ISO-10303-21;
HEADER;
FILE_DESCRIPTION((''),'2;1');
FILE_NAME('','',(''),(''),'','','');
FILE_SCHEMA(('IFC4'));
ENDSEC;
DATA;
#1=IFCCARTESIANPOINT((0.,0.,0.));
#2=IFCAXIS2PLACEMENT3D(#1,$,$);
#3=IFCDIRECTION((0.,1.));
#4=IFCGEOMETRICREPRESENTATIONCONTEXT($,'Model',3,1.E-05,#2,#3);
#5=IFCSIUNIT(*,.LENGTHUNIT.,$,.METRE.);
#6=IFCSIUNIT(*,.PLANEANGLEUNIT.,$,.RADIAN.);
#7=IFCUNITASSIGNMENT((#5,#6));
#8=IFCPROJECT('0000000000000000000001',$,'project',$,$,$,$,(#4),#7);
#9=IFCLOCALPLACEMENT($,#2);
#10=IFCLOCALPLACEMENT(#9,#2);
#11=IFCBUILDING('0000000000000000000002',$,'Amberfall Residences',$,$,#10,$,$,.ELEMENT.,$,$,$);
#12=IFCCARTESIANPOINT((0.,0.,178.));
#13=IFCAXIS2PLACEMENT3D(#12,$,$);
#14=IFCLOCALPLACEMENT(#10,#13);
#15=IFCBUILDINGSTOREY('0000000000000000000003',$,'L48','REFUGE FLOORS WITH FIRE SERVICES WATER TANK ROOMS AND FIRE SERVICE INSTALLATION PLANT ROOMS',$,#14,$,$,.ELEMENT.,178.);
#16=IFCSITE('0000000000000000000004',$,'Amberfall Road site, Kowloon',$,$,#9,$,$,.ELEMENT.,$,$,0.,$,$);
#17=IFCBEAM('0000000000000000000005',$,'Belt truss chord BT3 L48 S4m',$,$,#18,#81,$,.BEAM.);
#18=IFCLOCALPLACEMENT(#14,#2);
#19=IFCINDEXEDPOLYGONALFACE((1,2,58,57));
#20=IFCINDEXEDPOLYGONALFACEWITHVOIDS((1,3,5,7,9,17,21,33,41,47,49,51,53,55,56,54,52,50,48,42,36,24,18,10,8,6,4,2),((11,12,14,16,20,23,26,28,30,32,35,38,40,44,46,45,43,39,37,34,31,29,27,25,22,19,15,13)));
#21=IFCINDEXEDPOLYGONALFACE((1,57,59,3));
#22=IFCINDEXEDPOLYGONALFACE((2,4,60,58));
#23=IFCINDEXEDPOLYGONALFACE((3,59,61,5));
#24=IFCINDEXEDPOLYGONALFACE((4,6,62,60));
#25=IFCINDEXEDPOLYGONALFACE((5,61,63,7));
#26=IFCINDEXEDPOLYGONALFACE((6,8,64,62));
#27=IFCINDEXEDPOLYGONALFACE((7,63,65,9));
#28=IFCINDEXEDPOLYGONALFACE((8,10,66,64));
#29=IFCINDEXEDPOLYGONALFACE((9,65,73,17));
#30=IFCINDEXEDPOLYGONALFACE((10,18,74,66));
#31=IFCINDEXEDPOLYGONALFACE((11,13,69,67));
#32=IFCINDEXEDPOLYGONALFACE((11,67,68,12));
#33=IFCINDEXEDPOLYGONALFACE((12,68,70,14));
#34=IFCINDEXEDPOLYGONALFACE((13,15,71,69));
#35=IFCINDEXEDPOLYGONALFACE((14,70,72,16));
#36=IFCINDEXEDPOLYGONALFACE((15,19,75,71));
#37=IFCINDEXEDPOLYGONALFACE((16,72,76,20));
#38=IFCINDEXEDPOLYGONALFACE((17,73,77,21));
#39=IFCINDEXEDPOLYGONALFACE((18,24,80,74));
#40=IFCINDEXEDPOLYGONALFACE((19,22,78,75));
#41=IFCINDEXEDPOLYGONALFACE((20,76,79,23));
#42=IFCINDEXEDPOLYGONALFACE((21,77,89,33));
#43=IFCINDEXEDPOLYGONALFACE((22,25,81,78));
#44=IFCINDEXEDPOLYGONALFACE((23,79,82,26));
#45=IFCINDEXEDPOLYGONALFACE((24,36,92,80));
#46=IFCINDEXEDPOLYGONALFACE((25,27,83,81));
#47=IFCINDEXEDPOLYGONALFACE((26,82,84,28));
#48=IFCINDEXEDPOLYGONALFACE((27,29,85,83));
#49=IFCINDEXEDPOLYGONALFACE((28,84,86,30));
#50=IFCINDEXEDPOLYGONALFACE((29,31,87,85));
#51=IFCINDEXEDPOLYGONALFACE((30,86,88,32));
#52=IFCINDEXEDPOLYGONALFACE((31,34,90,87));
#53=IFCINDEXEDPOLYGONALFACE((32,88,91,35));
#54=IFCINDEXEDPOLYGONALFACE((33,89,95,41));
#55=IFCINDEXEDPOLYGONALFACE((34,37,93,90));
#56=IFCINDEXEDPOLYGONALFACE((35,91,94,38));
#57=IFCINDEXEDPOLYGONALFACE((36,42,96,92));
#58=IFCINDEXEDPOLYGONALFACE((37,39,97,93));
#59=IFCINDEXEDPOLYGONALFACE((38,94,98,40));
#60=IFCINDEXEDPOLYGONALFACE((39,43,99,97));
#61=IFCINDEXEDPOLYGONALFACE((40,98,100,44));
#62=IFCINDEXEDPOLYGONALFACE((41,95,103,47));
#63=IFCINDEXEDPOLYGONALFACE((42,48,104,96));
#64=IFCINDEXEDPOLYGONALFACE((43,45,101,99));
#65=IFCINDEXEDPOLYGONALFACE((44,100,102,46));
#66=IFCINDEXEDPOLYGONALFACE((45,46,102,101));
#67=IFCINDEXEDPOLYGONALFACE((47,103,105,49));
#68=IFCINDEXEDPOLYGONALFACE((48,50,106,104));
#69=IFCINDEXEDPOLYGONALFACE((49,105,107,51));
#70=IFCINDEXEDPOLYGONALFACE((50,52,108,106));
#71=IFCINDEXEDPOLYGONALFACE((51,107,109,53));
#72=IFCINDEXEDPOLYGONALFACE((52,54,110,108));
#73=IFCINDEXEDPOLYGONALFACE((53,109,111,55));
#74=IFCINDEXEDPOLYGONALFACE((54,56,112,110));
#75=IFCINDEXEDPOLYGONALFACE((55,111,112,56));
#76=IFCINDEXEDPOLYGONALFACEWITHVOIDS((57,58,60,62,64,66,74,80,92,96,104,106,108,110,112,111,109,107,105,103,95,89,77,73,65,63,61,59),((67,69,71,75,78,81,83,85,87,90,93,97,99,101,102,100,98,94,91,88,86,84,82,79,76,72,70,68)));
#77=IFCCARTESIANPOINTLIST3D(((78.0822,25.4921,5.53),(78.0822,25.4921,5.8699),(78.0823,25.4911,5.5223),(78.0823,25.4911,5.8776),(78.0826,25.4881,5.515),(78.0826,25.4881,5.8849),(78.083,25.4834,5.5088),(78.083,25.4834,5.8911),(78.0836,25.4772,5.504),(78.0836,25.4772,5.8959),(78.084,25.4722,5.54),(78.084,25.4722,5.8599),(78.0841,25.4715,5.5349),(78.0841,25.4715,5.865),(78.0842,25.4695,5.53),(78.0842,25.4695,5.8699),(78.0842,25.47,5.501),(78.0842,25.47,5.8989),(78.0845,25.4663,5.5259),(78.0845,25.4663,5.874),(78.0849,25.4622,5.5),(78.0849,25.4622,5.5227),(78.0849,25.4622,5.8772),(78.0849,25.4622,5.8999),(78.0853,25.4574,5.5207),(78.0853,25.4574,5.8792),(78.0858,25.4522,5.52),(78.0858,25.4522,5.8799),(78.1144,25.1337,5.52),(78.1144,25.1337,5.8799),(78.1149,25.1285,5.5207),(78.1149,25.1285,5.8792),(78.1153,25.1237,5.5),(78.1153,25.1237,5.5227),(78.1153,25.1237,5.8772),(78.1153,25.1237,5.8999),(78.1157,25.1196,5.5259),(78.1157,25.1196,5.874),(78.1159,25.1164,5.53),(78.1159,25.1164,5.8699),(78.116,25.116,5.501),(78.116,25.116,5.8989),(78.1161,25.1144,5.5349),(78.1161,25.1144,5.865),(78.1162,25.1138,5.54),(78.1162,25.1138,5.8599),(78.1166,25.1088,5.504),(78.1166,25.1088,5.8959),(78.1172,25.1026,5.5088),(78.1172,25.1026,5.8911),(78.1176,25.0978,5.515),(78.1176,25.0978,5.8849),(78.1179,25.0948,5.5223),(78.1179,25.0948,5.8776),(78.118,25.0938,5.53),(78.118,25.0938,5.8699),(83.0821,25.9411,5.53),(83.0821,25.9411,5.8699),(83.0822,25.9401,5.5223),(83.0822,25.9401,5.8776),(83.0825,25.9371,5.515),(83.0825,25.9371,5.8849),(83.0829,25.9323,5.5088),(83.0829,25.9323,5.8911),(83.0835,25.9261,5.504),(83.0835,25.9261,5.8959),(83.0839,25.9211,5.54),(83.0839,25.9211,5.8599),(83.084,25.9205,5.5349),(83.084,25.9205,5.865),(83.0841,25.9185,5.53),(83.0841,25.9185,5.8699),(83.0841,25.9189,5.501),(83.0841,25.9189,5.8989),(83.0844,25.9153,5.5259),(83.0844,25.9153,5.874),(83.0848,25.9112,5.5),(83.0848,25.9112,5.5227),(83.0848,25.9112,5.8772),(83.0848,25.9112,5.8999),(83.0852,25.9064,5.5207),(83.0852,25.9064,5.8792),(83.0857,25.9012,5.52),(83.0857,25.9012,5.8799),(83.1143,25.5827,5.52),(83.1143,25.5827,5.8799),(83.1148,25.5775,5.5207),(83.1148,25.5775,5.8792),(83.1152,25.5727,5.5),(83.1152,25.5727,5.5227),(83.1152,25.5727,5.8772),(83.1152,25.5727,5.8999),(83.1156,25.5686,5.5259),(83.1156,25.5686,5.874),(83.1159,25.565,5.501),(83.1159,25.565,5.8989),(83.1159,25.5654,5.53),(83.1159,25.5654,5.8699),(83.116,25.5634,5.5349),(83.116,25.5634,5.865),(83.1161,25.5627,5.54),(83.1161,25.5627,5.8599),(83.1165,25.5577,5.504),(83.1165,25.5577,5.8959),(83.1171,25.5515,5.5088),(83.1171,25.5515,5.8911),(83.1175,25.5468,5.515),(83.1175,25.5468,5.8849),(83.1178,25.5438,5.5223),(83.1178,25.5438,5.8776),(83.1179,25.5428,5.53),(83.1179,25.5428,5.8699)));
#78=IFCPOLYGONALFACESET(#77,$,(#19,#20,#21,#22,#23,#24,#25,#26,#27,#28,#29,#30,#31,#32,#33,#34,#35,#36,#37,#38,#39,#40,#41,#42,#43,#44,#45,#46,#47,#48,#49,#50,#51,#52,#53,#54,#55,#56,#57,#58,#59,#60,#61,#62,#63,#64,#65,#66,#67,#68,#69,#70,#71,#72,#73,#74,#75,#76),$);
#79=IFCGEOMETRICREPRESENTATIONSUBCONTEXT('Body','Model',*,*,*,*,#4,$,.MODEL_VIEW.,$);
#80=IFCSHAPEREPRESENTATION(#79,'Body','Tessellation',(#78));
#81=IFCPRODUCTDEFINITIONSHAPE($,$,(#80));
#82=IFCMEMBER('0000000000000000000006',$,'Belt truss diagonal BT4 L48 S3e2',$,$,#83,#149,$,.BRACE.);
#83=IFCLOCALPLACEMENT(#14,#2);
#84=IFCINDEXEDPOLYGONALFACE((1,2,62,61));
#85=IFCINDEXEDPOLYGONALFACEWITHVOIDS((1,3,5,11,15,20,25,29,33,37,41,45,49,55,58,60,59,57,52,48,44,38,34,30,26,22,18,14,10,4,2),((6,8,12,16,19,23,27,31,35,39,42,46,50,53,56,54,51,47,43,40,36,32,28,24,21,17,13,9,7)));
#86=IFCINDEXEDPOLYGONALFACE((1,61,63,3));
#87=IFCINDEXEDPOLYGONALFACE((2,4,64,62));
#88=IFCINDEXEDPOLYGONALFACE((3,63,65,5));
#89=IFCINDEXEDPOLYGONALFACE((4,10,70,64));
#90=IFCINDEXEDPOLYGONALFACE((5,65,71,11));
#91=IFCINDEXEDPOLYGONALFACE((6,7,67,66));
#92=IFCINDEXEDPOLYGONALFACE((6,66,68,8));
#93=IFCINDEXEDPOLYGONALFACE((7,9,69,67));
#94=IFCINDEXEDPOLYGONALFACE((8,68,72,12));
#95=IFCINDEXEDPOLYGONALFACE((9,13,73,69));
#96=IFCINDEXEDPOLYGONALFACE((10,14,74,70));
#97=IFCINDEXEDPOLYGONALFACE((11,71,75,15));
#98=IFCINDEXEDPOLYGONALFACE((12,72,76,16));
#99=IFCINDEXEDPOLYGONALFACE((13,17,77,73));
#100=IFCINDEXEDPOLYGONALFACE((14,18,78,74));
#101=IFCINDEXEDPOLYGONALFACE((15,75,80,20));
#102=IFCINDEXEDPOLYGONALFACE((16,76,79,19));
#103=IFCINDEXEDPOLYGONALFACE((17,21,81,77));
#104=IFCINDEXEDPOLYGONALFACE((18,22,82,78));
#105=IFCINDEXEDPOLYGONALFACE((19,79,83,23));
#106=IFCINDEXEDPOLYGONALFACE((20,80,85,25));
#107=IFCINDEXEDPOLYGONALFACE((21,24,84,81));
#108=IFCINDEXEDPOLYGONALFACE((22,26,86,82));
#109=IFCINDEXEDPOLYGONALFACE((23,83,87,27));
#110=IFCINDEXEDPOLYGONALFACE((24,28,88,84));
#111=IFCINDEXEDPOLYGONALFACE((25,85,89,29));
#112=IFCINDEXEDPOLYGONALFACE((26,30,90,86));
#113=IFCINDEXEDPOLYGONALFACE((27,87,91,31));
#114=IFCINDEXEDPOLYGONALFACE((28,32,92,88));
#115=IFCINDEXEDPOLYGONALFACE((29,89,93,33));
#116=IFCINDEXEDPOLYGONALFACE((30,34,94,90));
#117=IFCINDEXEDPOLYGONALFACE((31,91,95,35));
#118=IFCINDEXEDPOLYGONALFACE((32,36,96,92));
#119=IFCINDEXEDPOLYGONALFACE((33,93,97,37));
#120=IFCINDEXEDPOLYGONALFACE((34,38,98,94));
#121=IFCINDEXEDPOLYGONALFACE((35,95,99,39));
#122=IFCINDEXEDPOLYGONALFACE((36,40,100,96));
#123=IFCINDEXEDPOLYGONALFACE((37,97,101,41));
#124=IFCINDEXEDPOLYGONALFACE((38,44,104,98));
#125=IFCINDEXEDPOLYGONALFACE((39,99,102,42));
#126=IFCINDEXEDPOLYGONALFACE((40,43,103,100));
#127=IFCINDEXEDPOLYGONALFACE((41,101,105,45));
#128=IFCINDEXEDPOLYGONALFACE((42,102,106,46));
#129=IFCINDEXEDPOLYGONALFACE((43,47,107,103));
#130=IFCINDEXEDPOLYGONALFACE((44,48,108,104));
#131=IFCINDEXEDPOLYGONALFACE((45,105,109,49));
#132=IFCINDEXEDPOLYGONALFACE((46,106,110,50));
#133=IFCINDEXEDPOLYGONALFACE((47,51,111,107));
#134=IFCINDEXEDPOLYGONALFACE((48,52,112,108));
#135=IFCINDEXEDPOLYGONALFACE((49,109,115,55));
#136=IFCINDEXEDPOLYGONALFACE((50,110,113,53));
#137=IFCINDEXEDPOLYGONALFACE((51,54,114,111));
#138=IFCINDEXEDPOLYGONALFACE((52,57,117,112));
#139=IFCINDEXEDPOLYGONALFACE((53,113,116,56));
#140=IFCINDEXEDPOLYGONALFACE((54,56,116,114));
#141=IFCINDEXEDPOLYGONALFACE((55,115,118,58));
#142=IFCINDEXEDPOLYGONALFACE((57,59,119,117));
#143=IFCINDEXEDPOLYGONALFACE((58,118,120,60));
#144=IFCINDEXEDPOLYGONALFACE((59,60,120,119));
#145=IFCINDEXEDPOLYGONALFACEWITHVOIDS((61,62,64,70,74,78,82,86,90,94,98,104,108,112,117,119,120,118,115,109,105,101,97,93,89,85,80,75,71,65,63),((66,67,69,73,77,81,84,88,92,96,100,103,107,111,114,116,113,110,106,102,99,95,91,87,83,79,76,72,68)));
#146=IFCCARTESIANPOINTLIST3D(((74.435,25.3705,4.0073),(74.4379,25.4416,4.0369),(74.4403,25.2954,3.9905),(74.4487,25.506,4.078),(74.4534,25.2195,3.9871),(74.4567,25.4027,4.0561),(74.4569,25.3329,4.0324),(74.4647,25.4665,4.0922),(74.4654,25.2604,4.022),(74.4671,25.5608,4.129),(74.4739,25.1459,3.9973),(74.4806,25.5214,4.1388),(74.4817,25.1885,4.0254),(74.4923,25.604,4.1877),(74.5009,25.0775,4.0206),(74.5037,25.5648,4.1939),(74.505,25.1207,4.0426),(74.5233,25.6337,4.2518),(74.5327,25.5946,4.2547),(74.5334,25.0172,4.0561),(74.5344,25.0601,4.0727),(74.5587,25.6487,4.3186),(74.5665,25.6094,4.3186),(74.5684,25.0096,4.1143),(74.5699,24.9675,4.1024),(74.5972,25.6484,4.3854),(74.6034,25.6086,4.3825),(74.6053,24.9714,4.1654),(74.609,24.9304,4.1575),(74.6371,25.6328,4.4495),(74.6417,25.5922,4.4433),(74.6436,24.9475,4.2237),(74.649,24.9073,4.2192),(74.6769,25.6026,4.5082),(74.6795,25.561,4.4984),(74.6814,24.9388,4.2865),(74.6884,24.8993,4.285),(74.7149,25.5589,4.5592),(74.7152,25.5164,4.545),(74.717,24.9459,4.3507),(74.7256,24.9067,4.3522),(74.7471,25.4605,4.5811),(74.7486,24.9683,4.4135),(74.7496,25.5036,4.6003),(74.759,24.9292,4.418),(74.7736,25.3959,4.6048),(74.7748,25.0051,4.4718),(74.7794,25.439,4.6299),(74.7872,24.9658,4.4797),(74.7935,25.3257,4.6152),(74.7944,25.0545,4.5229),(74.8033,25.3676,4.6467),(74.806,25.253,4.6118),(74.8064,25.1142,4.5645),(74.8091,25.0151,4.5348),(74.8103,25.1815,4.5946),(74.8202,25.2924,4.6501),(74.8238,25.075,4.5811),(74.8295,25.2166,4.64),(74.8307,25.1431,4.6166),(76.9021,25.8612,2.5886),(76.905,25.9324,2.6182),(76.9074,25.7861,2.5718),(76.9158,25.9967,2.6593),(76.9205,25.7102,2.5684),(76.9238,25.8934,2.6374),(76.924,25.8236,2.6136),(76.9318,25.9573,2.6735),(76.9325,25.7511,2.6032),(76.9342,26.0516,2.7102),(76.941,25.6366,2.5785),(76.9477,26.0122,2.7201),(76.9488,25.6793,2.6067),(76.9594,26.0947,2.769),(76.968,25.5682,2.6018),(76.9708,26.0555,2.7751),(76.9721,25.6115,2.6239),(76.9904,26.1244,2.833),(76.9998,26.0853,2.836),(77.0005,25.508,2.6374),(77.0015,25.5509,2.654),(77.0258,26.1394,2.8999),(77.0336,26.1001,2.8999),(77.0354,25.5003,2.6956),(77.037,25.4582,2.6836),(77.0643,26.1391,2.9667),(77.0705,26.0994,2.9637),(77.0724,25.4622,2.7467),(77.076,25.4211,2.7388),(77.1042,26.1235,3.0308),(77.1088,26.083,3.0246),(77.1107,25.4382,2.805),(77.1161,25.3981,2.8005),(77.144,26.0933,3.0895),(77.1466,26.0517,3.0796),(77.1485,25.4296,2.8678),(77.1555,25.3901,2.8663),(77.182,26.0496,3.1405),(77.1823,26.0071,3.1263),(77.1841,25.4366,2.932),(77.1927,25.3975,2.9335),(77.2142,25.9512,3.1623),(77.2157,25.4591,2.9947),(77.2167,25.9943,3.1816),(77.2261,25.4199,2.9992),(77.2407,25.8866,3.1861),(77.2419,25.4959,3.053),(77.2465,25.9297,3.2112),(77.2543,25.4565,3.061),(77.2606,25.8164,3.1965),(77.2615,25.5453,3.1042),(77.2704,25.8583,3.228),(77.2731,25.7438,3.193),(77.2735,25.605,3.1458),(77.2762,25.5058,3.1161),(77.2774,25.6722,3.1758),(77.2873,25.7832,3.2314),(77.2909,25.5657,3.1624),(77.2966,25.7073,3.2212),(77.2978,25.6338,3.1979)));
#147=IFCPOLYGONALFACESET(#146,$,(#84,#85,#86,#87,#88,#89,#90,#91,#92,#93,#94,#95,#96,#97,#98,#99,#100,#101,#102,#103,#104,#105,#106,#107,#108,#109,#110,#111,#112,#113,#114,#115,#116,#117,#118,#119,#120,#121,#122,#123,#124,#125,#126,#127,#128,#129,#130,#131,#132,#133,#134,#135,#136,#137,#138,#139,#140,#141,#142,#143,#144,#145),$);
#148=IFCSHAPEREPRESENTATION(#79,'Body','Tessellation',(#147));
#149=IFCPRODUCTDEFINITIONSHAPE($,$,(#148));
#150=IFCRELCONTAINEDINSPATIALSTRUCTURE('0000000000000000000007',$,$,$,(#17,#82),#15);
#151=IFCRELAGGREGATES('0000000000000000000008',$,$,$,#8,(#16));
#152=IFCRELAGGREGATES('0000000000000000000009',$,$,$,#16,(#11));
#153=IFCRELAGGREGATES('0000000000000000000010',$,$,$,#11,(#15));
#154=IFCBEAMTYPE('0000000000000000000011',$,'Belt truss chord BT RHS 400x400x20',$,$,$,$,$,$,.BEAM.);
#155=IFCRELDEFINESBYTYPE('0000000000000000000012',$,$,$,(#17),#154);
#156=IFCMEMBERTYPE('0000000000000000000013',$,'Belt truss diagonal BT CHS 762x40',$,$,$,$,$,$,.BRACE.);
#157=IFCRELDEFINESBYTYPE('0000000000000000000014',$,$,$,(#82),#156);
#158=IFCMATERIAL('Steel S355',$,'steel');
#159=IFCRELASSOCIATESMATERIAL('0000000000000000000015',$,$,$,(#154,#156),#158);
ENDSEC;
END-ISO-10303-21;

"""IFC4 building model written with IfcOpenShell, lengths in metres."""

from ifc_helpers import new_model, si_unit, direction, frame, origin, origin_2d, place, context, subcontext, project, spatial, hollow_rectangle, hollow_circle, extrude, material, material_profile, profile_set, type_object, element, save


model = new_model("IFC4")

# Units and contexts
model_context = context("Model", 3, precision=1e-05, world=origin(), true_north=direction((0.0, 1.0)))
body_context = subcontext(model_context, "Body", "Model", "MODEL_VIEW")
ifc_project = project(units=[si_unit("LENGTHUNIT", "METRE"), si_unit("PLANEANGLEUNIT", "RADIAN")], contexts=[model_context])

# Site, building, storey
site_placement = place(None, origin())
site = spatial("IfcSite", under=ifc_project, at=site_placement, Name="Amberfall Road site, Kowloon", CompositionType="ELEMENT", RefElevation=0.0)
building_placement = place(site_placement, origin())
building = spatial("IfcBuilding", under=site, at=building_placement, Name="Amberfall Residences", CompositionType="ELEMENT")
storey_placement = place(building_placement, frame((0.0, 0.0, 178.0)))
storey = spatial("IfcBuildingStorey", under=building, at=storey_placement, Name="L48", Description="REFUGE FLOORS WITH FIRE SERVICES WATER TANK ROOMS AND FIRE SERVICE INSTALLATION PLANT ROOMS", CompositionType="ELEMENT", Elevation=178.0)

# Beam
ifc_material_1 = material(Name="Steel S355", Category="steel")
ifc_material_profile_1 = material_profile(ifc_material_1, hollow_rectangle(XDim=0.3999, YDim=0.3999, WallThickness=0.02, InnerFilletRadius=0.02, OuterFilletRadius=0.03, at=origin_2d()), Name="RHS 400x400x20")
ifc_profile_set_1 = profile_set([ifc_material_profile_1], Name="Steel S355")
beam_type_1 = type_object("IfcBeamType", Name="Belt truss chord BT RHS 400x400x20", PredefinedType="BEAM", material=ifc_profile_set_1)
beam_1_placement = place(storey_placement, frame((78.1001, 25.293, 5.7), z_axis=(0.995993, 0.089435, 0.0), x_axis=(-0.089435, 0.995993, 0.0)))
element("IfcBeam", 1, at=beam_1_placement, inside=storey, type_object=beam_type_1, Name="Belt truss chord BT3 L48 S4m", PredefinedType="BEAM", context=body_context, shape_type="SweptSolid", body=[
    extrude(hollow_rectangle(XDim=0.3999, YDim=0.3999, WallThickness=0.02, InnerFilletRadius=0.02, OuterFilletRadius=0.03, at=origin_2d()), origin(), (0.0, 0.0, 1.0), 5.02),
])

# Member
ifc_material_profile_2 = material_profile(ifc_material_1, hollow_circle(Radius=0.3811, WallThickness=0.04, at=origin_2d()), Name="CHS 762x40")
ifc_profile_set_2 = profile_set([ifc_material_profile_2], Name="Steel S355")
member_type_1 = type_object("IfcMemberType", Name="Belt truss diagonal BT CHS 762x40", PredefinedType="BRACE", material=ifc_profile_set_2)
member_1_placement = place(storey_placement, frame((74.6331, 25.2749, 4.3186), z_axis=(0.854276, 0.169925, -0.491262), x_axis=(-0.195089, 0.980785, 0.0)))
element("IfcMember", 2, at=member_1_placement, inside=storey, type_object=member_type_1, Name="Belt truss diagonal BT4 L48 S3e2", PredefinedType="BRACE", context=body_context, shape_type="SweptSolid", body=[
    extrude(hollow_circle(Radius=0.3811, WallThickness=0.04, at=origin_2d()), origin(), (0.0, 0.0, 1.0), 2.8879),
])

save(model, "model.ifc")
